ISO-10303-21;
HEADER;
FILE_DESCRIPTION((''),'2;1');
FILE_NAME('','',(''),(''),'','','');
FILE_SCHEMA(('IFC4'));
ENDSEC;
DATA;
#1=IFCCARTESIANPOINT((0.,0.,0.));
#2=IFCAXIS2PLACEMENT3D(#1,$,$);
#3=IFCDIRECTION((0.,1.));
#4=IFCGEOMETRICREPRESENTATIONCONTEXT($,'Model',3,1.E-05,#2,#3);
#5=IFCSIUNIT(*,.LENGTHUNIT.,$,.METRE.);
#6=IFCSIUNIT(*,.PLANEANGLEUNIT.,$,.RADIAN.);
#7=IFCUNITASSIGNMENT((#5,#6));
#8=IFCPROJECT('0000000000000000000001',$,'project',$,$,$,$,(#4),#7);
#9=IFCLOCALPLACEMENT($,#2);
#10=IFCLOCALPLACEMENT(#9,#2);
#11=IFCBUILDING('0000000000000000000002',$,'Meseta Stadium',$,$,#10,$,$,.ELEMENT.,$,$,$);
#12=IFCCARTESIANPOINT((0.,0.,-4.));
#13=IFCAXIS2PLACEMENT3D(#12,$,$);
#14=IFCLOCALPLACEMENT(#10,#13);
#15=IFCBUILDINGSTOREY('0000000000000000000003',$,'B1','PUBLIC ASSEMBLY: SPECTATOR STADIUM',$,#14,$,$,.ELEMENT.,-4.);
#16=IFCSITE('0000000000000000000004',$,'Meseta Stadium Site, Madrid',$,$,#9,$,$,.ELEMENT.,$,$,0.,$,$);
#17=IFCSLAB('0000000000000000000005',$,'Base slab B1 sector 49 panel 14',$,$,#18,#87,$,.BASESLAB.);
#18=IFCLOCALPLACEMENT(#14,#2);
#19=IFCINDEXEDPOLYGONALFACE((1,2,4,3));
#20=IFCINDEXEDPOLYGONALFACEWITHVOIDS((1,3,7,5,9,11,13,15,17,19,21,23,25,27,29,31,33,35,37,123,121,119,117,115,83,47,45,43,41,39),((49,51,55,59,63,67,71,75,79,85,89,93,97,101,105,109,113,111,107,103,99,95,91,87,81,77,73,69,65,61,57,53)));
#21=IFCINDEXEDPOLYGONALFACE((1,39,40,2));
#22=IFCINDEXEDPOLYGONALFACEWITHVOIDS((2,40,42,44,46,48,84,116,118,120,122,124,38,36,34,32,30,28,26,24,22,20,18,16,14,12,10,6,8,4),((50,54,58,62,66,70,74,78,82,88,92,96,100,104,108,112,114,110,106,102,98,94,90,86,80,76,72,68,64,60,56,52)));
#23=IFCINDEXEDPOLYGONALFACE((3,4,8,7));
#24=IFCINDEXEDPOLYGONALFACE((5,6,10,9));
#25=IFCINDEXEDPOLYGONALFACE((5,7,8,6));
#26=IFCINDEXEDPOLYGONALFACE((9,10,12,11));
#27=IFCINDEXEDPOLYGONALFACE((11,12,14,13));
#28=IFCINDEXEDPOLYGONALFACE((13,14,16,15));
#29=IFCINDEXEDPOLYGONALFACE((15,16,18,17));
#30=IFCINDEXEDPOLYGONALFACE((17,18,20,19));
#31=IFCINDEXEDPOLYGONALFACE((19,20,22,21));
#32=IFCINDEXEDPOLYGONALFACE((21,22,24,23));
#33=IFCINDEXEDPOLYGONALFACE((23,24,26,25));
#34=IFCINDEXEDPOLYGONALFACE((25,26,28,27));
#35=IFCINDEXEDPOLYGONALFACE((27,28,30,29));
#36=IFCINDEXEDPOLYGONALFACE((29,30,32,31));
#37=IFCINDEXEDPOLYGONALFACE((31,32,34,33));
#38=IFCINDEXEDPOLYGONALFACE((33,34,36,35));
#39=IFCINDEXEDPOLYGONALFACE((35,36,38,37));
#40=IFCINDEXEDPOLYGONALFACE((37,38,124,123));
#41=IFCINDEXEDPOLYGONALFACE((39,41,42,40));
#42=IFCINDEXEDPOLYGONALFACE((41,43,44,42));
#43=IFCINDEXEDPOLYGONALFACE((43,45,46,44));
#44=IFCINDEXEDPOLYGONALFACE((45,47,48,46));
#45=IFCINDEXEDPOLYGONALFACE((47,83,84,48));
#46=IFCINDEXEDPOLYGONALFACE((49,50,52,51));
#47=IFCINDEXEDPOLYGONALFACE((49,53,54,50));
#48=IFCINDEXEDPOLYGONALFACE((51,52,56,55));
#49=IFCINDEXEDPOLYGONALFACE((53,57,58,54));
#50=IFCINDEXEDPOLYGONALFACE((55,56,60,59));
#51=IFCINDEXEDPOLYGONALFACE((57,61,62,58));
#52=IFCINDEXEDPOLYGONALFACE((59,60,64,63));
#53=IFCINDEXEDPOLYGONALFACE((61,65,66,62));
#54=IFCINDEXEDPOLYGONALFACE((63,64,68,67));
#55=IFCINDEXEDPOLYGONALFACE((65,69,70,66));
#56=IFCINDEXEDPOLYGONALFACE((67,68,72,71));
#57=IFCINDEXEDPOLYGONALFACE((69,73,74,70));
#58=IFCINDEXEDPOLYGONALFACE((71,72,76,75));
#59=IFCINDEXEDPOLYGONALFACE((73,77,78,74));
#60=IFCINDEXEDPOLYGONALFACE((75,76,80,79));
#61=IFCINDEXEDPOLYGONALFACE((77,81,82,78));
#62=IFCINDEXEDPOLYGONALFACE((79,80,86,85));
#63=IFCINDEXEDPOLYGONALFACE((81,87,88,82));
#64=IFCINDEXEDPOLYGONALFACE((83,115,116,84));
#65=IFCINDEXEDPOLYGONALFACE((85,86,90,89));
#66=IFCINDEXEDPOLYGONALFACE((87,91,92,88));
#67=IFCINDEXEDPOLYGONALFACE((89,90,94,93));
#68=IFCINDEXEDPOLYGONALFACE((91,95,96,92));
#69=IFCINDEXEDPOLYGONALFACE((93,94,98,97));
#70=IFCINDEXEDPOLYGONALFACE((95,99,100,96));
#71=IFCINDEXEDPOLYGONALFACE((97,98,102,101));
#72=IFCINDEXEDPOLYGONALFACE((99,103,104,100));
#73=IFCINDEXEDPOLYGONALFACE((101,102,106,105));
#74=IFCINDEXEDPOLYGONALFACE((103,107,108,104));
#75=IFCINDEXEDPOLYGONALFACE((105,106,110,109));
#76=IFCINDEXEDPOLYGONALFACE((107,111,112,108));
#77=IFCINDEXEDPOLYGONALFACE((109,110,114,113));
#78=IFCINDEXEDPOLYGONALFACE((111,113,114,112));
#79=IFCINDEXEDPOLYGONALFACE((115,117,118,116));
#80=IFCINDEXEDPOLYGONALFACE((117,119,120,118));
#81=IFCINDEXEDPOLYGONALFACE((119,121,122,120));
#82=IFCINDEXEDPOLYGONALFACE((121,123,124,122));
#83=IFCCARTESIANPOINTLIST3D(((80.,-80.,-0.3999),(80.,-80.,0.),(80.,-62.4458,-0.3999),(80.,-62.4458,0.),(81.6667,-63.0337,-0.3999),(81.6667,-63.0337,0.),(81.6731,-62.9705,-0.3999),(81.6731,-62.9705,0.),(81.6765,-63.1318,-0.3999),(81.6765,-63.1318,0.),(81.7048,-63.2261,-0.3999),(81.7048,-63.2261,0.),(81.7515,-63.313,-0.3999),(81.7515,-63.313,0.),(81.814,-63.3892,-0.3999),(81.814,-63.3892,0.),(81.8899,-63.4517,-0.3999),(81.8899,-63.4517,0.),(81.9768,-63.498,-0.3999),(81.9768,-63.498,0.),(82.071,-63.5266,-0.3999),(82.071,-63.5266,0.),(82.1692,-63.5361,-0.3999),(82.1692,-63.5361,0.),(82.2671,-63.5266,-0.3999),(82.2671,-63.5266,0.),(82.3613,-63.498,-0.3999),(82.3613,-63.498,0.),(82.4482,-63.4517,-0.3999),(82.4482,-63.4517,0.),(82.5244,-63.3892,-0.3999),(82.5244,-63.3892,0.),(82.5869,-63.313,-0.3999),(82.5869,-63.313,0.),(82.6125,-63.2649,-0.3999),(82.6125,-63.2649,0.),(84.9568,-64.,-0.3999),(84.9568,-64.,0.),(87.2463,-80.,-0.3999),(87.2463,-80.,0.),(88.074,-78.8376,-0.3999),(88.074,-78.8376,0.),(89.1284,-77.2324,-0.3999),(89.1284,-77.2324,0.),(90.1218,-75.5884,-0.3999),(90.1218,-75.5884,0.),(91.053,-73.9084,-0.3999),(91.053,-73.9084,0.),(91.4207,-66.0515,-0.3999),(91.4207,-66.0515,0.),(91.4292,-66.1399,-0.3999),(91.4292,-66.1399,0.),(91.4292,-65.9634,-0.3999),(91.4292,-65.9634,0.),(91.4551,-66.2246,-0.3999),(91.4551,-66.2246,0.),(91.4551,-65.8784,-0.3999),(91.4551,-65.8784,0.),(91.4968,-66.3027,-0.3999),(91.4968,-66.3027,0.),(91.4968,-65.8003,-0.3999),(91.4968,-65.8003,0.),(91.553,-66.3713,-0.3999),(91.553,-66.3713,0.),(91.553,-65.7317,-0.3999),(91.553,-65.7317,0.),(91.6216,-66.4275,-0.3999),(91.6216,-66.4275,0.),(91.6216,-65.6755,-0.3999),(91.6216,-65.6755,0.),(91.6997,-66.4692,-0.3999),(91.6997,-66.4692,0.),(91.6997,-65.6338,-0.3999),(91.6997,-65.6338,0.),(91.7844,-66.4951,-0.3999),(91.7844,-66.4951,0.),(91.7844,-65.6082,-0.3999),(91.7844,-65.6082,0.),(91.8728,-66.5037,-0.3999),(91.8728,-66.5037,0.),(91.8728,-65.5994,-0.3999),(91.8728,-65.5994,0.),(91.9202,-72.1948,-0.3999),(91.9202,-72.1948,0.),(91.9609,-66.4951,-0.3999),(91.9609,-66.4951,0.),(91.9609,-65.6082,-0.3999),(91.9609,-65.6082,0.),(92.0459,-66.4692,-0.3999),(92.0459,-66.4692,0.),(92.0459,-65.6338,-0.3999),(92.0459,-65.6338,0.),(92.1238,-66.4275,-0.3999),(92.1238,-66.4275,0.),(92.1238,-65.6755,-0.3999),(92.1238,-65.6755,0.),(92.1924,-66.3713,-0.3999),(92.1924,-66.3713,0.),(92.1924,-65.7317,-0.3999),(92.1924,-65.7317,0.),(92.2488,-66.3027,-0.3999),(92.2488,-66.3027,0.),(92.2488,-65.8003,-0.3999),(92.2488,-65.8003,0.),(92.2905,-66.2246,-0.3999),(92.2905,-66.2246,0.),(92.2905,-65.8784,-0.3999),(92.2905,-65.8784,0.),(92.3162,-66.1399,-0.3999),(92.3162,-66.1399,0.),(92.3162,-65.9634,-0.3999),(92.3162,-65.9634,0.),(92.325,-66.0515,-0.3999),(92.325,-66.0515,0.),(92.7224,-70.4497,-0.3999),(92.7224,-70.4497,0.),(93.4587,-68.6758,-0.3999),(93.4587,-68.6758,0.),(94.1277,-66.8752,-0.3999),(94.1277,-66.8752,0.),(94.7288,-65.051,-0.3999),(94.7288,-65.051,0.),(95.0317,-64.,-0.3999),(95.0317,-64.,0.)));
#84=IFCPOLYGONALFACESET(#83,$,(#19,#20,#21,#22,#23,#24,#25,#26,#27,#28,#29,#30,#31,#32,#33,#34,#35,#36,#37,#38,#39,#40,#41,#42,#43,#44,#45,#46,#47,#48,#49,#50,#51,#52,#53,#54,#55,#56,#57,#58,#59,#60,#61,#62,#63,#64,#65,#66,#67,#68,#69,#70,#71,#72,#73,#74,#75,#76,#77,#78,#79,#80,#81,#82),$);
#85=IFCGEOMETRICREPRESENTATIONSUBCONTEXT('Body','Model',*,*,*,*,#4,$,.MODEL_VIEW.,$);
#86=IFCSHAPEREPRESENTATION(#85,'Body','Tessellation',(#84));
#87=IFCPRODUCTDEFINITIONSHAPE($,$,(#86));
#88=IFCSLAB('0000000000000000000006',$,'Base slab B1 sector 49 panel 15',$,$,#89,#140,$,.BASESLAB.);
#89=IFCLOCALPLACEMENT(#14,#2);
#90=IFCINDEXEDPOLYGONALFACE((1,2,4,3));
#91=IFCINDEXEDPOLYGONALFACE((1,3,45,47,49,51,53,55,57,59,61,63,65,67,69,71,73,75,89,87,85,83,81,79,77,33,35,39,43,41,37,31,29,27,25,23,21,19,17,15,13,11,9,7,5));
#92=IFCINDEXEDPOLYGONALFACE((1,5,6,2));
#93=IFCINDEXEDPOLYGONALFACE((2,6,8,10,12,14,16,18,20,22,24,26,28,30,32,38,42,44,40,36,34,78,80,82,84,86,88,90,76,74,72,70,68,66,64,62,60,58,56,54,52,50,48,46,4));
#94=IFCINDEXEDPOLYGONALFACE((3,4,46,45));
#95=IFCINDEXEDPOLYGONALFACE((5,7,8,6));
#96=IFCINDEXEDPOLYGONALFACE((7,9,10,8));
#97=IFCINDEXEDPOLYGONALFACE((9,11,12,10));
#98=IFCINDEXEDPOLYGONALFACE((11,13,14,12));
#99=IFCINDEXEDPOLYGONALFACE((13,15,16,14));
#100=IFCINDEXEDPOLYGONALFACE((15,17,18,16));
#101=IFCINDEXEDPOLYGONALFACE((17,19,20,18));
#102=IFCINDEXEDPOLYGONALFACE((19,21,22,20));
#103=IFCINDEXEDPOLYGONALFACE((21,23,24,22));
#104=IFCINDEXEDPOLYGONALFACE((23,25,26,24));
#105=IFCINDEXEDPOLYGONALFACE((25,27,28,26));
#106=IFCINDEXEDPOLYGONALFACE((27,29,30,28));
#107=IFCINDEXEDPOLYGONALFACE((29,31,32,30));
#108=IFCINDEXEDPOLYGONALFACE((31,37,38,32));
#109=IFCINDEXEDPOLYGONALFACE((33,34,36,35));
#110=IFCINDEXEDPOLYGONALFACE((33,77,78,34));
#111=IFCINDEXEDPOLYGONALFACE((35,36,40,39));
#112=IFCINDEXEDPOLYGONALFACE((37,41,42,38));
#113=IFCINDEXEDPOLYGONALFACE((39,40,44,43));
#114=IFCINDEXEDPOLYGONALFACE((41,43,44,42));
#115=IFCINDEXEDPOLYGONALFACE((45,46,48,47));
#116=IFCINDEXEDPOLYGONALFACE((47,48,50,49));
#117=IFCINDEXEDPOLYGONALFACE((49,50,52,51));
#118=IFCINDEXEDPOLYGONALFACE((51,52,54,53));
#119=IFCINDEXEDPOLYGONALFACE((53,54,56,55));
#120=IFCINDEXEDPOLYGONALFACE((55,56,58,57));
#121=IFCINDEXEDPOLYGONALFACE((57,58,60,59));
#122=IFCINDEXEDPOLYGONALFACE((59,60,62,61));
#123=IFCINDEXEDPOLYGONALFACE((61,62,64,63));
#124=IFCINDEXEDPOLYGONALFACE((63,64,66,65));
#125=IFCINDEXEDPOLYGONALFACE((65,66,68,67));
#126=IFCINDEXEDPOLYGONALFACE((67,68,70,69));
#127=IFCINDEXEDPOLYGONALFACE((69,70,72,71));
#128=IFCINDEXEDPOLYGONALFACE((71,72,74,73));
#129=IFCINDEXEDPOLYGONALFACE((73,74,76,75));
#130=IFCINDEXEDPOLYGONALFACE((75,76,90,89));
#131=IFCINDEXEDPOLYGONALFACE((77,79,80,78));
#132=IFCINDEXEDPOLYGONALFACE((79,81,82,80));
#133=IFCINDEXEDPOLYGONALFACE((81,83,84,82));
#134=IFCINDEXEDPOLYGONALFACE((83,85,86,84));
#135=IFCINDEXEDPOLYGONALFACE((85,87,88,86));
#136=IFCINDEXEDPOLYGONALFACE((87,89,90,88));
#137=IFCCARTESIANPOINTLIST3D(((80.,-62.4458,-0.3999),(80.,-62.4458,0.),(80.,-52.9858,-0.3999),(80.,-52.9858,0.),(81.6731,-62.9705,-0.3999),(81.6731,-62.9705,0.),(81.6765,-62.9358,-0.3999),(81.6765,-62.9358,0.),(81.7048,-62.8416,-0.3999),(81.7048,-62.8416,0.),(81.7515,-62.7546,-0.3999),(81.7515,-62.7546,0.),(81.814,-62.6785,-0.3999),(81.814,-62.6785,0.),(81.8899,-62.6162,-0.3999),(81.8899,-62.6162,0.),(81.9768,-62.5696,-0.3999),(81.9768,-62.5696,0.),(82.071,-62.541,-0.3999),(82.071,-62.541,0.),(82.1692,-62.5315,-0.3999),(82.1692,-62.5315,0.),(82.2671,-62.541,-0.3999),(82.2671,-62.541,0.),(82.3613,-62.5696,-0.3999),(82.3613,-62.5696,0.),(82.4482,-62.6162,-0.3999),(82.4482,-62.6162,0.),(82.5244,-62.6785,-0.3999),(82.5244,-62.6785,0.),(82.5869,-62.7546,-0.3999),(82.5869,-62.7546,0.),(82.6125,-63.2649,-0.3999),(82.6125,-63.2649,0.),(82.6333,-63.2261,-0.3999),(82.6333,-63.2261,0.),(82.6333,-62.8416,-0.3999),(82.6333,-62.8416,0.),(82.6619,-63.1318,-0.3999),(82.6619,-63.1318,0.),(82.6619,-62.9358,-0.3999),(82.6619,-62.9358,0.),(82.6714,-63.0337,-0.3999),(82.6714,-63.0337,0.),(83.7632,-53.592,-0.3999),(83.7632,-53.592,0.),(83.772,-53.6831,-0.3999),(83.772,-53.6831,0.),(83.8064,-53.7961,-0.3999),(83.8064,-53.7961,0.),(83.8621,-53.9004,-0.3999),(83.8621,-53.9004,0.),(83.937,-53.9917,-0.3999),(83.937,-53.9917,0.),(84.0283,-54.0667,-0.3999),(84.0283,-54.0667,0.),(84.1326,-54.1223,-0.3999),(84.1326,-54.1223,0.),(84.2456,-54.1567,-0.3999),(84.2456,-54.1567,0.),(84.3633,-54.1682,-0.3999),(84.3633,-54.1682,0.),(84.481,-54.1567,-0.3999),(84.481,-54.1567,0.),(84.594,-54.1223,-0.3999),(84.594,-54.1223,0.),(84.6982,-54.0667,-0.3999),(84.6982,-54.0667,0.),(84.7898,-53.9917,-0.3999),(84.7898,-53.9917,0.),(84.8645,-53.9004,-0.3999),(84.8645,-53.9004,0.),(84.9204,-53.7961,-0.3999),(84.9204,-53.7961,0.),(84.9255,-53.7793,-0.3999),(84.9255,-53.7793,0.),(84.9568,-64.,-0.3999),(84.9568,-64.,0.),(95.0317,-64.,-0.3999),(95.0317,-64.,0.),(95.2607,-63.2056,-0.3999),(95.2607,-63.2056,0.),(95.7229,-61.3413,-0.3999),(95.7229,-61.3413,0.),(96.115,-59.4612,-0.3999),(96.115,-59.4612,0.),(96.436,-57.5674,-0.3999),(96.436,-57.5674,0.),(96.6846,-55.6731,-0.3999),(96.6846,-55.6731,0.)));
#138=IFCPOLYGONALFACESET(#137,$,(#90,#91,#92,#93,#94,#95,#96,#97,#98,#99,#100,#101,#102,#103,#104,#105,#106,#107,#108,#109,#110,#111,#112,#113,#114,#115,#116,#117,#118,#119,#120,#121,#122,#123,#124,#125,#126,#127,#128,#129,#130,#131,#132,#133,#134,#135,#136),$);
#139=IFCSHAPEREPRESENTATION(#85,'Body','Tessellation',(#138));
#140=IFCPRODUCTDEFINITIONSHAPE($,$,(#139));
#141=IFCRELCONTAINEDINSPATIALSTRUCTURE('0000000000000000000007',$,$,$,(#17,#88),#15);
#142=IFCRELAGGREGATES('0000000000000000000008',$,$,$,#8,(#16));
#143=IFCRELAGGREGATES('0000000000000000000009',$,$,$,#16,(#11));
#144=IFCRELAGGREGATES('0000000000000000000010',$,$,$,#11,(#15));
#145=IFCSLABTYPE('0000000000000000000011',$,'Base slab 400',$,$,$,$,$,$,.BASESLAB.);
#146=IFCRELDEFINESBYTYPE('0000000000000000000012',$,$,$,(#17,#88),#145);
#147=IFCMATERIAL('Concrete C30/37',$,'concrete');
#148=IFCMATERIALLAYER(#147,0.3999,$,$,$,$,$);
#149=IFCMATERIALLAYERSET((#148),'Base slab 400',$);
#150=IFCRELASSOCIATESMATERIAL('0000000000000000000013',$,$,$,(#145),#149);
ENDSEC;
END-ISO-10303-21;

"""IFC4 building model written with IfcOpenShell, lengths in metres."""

from ifc_helpers import new_model, si_unit, direction, frame, origin, place, context, subcontext, project, spatial, polyline, outline, extrude, material, layer, layer_set, type_object, element, save


model = new_model("IFC4")

# Units and contexts
model_context = context("Model", 3, precision=1e-05, world=origin(), true_north=direction((0.0, 1.0)))
body_context = subcontext(model_context, "Body", "Model", "MODEL_VIEW")
ifc_project = project(units=[si_unit("LENGTHUNIT", "METRE"), si_unit("PLANEANGLEUNIT", "RADIAN")], contexts=[model_context])

# Site, building, storey
site_placement = place(None, origin())
site = spatial("IfcSite", under=ifc_project, at=site_placement, Name="Meseta Stadium Site, Madrid", CompositionType="ELEMENT", RefElevation=0.0)
building_placement = place(site_placement, origin())
building = spatial("IfcBuilding", under=site, at=building_placement, Name="Meseta Stadium", CompositionType="ELEMENT")
storey_placement = place(building_placement, frame((0.0, 0.0, -4.0)))
storey = spatial("IfcBuildingStorey", under=building, at=storey_placement, Name="B1", Description="PUBLIC ASSEMBLY: SPECTATOR STADIUM", CompositionType="ELEMENT", Elevation=-4.0)

# Slabs
ifc_material = material(Name="Concrete C30/37", Category="concrete")
ifc_layer = layer(ifc_material, 0.3999)
ifc_layer_set = layer_set([ifc_layer], Name="Base slab 400")
slab_type = type_object("IfcSlabType", Name="Base slab 400", PredefinedType="BASESLAB", material=ifc_layer_set)
slab_1_placement = place(storey_placement, frame((0.0, 0.0, -0.3999)))
element("IfcSlab", 1, at=slab_1_placement, inside=storey, type_object=slab_type, Name="Base slab B1 sector 49 panel 14", PredefinedType="BASESLAB", context=body_context, shape_type="SweptSolid", body=[
    extrude(outline(polyline([(82.071, -63.5266), (81.9768, -63.498), (81.8899, -63.4517), (81.814, -63.3892), (81.7515, -63.313), (81.7048, -63.2261), (81.6765, -63.1318), (81.6667, -63.0337), (81.6731, -62.9705), (80.0, -62.4458), (80.0, -80.0), (87.2463, -80.0), (88.074, -78.8376), (89.1284, -77.2324), (90.1218, -75.5884), (91.053, -73.9084), (91.9202, -72.1948), (92.7224, -70.4497), (93.4587, -68.6758), (94.1277, -66.8752), (94.7288, -65.051), (95.0317, -64.0), (84.9568, -64.0), (82.6125, -63.2649), (82.5869, -63.313), (82.5244, -63.3892), (82.4482, -63.4517), (82.3613, -63.498), (82.2671, -63.5266), (82.1692, -63.5361), (82.071, -63.5266)]), holes=[polyline([(91.4968, -66.3027), (91.4551, -66.2246), (91.4292, -66.1399), (91.4207, -66.0515), (91.4292, -65.9634), (91.4551, -65.8784), (91.4968, -65.8003), (91.553, -65.7317), (91.6216, -65.6755), (91.6997, -65.6338), (91.7844, -65.6082), (91.8728, -65.5994), (91.9609, -65.6082), (92.0459, -65.6338), (92.1238, -65.6755), (92.1924, -65.7317), (92.2488, -65.8003), (92.2905, -65.8784), (92.3162, -65.9634), (92.325, -66.0515), (92.3162, -66.1399), (92.2905, -66.2246), (92.2488, -66.3027), (92.1924, -66.3713), (92.1238, -66.4275), (92.0459, -66.4692), (91.9609, -66.4951), (91.8728, -66.5037), (91.7844, -66.4951), (91.6997, -66.4692), (91.6216, -66.4275), (91.553, -66.3713), (91.4968, -66.3027)])]), origin(), (0.0, 0.0, 1.0), 0.3999),
])
slab_2_placement = place(storey_placement, frame((0.0, 0.0, -0.3999)))
element("IfcSlab", 2, at=slab_2_placement, inside=storey, type_object=slab_type, Name="Base slab B1 sector 49 panel 15", PredefinedType="BASESLAB", context=body_context, shape_type="SweptSolid", body=[
    extrude(outline(polyline([(83.8621, -53.9004), (83.8064, -53.7961), (83.772, -53.6831), (83.7632, -53.592), (80.0, -52.9858), (80.0, -62.4458), (81.6731, -62.9705), (81.6765, -62.9358), (81.7048, -62.8416), (81.7515, -62.7546), (81.814, -62.6785), (81.8899, -62.6162), (81.9768, -62.5696), (82.071, -62.541), (82.1692, -62.5315), (82.2671, -62.541), (82.3613, -62.5696), (82.4482, -62.6162), (82.5244, -62.6785), (82.5869, -62.7546), (82.6333, -62.8416), (82.6619, -62.9358), (82.6714, -63.0337), (82.6619, -63.1318), (82.6333, -63.2261), (82.6125, -63.2649), (84.9568, -64.0), (95.0317, -64.0), (95.2607, -63.2056), (95.7229, -61.3413), (96.115, -59.4612), (96.436, -57.5674), (96.6846, -55.6731), (84.9255, -53.7793), (84.9204, -53.7961), (84.8645, -53.9004), (84.7898, -53.9917), (84.6982, -54.0667), (84.594, -54.1223), (84.481, -54.1567), (84.3633, -54.1682), (84.2456, -54.1567), (84.1326, -54.1223), (84.0283, -54.0667), (83.937, -53.9917), (83.8621, -53.9004)])), origin(), (0.0, 0.0, 1.0), 0.3999),
])

save(model, "model.ifc")
